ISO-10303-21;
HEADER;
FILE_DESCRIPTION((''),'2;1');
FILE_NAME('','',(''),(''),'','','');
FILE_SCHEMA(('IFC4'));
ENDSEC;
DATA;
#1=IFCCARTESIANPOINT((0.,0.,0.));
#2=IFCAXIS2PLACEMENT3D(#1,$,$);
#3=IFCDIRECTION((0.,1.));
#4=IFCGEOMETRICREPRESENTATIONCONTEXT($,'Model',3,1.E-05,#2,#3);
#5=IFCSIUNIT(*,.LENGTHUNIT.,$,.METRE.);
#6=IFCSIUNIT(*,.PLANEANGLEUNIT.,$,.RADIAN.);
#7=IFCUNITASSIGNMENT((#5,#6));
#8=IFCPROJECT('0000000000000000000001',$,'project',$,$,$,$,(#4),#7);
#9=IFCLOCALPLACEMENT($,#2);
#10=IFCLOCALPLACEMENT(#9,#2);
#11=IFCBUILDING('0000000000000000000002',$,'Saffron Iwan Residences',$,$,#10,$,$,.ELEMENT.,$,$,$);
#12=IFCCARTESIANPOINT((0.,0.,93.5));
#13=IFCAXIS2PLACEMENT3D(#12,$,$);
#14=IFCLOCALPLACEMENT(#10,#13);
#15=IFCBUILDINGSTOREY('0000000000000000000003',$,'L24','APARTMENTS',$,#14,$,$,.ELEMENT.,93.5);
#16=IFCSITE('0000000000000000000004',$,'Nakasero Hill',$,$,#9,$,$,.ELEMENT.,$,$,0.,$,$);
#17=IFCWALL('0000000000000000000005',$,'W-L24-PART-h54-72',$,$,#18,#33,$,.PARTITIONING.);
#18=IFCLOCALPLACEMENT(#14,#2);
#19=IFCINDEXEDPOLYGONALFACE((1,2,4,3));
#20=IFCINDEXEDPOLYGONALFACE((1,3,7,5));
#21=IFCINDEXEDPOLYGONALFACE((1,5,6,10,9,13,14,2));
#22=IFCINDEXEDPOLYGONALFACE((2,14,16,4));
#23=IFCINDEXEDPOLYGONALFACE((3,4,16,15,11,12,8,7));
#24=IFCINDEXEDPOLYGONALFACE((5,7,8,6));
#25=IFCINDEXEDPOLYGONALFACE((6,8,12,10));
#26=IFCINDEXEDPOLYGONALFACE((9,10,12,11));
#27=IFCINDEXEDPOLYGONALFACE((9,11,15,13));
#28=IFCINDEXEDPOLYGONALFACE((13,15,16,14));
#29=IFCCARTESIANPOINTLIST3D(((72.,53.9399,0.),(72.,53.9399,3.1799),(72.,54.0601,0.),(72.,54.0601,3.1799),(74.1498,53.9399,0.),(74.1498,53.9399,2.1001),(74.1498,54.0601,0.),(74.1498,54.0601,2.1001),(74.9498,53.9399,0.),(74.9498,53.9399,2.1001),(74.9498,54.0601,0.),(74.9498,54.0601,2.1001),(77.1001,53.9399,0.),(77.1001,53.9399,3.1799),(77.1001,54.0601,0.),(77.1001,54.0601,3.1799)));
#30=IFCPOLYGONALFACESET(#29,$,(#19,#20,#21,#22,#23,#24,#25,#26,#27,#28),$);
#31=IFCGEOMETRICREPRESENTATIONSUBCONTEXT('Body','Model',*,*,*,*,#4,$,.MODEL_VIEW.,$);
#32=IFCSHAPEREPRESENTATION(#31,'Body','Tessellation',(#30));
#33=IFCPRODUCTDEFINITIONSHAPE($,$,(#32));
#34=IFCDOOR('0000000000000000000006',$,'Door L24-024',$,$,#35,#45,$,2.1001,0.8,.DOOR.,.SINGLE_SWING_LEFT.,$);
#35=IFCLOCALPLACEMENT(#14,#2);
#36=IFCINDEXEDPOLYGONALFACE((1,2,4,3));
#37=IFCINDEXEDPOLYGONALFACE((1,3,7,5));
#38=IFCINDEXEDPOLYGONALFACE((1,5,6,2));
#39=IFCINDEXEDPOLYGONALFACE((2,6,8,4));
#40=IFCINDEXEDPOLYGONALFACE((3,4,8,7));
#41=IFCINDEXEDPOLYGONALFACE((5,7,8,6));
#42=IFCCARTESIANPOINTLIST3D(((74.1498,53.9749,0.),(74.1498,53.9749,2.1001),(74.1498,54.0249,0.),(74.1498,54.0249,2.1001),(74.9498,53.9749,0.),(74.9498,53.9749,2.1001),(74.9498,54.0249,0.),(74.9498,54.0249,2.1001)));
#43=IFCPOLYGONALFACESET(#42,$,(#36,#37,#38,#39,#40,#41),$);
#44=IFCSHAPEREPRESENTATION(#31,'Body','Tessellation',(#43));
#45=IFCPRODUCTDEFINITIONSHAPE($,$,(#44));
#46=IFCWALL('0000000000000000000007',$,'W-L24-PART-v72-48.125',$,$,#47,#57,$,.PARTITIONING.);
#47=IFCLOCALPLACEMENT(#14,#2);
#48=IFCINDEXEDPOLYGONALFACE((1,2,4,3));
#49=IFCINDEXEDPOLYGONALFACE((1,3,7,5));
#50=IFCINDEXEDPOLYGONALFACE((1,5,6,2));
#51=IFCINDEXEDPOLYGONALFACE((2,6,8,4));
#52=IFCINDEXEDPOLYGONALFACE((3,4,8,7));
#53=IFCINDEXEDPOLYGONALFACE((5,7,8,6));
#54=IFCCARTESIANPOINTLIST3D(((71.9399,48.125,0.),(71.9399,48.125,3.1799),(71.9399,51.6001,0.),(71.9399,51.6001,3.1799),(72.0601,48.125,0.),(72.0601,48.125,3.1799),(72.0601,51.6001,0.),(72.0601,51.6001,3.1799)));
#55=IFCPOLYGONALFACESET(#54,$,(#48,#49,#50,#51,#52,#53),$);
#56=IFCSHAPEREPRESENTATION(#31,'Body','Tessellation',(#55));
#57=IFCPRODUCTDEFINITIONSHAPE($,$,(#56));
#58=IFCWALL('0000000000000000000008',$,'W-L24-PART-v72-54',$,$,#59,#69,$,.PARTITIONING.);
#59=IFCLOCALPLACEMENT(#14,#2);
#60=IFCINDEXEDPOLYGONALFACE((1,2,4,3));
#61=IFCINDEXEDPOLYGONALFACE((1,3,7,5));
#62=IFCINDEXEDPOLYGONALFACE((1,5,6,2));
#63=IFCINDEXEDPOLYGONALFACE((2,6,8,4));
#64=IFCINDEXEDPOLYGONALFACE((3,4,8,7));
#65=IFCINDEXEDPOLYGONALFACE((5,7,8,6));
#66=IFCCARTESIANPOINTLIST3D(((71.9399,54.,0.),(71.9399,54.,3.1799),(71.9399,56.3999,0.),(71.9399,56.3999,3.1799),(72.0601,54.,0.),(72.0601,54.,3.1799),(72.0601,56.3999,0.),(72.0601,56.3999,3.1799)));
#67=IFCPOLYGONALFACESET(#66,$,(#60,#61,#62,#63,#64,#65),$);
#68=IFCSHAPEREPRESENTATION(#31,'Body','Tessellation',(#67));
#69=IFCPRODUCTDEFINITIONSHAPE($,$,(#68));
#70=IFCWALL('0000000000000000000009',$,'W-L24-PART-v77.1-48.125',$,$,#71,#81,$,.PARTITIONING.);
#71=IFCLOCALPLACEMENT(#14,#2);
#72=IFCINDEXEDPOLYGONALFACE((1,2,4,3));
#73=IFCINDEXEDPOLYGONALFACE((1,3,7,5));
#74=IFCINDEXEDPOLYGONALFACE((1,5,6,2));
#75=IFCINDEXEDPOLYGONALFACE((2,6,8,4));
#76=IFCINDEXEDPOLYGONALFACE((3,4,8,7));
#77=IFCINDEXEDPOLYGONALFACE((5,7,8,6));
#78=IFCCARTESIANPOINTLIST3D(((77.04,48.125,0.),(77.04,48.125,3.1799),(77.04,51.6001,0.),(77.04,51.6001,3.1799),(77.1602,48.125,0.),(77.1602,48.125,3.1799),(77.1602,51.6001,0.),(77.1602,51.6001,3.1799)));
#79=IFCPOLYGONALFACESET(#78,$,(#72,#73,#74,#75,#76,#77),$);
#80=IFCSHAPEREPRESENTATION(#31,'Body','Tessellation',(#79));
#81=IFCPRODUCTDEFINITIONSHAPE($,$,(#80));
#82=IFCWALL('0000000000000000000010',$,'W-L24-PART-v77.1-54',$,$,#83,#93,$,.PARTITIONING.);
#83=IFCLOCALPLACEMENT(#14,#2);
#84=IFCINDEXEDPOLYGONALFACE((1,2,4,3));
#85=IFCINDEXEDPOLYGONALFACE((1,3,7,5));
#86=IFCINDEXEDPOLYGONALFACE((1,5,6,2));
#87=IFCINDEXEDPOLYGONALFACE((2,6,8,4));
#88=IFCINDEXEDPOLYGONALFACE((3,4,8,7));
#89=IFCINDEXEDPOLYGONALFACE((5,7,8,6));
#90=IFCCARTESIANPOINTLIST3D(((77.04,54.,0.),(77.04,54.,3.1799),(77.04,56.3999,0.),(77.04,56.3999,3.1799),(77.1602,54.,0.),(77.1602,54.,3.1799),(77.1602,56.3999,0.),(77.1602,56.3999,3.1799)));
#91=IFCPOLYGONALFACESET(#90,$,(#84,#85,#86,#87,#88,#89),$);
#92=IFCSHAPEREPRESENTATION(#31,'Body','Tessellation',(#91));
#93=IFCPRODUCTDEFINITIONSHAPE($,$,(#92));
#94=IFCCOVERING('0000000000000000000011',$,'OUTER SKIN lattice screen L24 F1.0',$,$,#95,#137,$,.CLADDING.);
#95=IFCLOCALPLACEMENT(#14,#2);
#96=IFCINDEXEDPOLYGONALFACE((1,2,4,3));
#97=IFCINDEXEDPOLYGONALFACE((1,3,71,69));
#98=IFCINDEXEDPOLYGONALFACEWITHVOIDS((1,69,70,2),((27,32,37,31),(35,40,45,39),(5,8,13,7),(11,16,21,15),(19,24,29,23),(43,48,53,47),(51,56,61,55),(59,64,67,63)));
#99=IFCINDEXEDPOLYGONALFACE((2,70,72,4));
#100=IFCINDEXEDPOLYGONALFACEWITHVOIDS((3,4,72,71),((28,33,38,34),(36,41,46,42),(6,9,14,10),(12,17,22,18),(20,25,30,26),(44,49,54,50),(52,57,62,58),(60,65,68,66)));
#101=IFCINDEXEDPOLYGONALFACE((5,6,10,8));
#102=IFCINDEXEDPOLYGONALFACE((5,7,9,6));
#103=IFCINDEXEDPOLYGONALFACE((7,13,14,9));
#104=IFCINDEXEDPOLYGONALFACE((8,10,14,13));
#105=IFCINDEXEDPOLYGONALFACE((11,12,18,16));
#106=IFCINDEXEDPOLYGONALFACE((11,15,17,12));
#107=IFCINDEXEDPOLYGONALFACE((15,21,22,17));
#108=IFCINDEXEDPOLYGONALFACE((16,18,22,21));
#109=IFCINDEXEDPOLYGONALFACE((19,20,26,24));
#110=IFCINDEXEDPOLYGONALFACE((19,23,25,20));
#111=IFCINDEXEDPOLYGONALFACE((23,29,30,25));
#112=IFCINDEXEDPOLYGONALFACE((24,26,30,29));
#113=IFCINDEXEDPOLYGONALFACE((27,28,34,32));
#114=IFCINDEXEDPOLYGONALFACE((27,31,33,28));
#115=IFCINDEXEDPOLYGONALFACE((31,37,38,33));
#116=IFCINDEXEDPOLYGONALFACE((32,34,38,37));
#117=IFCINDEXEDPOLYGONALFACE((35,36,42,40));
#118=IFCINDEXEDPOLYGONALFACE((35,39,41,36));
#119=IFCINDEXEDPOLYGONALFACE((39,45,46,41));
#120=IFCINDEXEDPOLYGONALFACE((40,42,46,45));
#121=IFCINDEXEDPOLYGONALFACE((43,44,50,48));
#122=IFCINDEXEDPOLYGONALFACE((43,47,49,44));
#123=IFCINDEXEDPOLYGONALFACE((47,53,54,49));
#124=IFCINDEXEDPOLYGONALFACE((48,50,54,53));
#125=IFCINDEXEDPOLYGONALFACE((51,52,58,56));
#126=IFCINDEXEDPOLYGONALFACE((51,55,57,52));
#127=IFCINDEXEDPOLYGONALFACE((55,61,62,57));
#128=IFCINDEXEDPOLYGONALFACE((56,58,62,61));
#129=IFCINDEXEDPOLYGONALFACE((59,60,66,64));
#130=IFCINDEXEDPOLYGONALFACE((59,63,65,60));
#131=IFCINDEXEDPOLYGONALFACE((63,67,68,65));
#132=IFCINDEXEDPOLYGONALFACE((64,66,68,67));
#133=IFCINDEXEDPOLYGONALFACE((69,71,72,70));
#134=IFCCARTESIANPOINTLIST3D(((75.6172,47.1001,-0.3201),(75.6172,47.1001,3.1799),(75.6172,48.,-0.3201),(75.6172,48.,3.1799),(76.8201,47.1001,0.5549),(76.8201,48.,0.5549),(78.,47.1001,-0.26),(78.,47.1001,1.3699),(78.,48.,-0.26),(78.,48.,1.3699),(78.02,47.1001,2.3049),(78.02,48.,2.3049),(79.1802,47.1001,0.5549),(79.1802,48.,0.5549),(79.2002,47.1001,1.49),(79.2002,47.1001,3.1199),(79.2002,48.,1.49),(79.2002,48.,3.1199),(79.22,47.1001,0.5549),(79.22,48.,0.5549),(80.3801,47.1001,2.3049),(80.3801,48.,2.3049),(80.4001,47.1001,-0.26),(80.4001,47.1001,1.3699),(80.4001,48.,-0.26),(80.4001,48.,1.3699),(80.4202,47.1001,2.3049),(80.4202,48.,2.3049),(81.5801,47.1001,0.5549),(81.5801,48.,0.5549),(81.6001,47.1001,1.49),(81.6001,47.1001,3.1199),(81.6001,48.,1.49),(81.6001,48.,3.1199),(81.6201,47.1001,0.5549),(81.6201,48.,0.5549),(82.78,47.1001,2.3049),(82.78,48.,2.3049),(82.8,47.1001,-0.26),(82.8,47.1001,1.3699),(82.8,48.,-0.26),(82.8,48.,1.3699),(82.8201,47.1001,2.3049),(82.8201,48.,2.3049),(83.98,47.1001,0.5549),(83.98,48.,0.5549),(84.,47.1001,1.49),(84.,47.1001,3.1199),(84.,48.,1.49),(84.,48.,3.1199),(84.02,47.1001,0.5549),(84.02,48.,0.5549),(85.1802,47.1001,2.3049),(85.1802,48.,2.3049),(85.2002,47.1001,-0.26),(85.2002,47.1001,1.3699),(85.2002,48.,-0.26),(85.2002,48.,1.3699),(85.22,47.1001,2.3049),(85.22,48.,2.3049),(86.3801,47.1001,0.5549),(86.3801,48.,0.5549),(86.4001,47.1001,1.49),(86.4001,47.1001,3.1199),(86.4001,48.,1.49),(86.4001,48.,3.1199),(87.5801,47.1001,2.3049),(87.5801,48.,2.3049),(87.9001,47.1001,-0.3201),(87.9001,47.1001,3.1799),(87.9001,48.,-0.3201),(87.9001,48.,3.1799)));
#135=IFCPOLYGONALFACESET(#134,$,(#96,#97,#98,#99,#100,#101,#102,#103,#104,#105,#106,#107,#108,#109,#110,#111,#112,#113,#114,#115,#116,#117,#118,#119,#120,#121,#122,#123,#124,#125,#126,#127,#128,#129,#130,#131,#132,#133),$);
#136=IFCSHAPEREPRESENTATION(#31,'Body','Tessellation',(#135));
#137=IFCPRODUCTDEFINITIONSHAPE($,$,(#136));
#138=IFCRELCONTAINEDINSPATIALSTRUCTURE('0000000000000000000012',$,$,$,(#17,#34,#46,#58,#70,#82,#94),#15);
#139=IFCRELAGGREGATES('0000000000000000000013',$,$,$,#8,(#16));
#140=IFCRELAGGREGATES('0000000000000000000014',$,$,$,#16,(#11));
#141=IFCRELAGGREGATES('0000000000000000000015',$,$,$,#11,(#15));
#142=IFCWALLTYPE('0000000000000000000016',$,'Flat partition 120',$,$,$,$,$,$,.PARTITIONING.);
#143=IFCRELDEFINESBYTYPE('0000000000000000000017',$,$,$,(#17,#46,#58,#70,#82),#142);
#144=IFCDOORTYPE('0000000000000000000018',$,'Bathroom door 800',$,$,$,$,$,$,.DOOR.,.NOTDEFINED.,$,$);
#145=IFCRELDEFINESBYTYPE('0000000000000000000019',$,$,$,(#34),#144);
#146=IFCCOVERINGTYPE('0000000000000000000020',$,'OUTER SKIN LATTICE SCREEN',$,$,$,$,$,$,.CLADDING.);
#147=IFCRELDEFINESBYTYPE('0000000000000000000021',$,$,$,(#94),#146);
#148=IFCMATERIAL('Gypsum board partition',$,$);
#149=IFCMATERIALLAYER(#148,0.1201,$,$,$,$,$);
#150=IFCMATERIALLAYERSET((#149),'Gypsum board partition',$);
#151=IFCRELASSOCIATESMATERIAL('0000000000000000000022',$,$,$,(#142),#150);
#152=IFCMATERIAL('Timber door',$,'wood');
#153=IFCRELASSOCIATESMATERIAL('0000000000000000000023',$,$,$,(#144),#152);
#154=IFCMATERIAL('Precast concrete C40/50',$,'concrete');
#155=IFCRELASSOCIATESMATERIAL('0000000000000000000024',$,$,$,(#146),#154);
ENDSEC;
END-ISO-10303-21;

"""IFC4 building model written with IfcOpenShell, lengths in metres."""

from ifc_helpers import new_model, si_unit, direction, frame, frame_2d, origin, place, context, subcontext, project, spatial, polyline, rectangle, outline, extrude, material, layer, layer_set, type_object, element, fill, save


model = new_model("IFC4")

# Units and contexts
model_context = context("Model", 3, precision=1e-05, world=origin(), true_north=direction((0.0, 1.0)))
body_context = subcontext(model_context, "Body", "Model", "MODEL_VIEW")
ifc_project = project(units=[si_unit("LENGTHUNIT", "METRE"), si_unit("PLANEANGLEUNIT", "RADIAN")], contexts=[model_context])

# Site, building, storey
site_placement = place(None, origin())
site = spatial("IfcSite", under=ifc_project, at=site_placement, Name="Nakasero Hill", CompositionType="ELEMENT", RefElevation=0.0)
building_placement = place(site_placement, origin())
building = spatial("IfcBuilding", under=site, at=building_placement, Name="Saffron Iwan Residences", CompositionType="ELEMENT")
storey_placement = place(building_placement, frame((0.0, 0.0, 93.5)))
storey = spatial("IfcBuildingStorey", under=building, at=storey_placement, Name="L24", Description="APARTMENTS", CompositionType="ELEMENT", Elevation=93.5)

# Shared definitions
ifc_material_1 = material(Name="Gypsum board partition")
ifc_layer_1 = layer(ifc_material_1, 0.1201)
ifc_layer_set_1 = layer_set([ifc_layer_1], Name="Gypsum board partition")
wall_type_1 = type_object("IfcWallType", Name="Flat partition 120", PredefinedType="PARTITIONING", material=ifc_layer_set_1)
ifc_material_2 = material(Name="Timber door", Category="wood")
door_type_1 = type_object("IfcDoorType", Name="Bathroom door 800", OperationType="NOTDEFINED", PredefinedType="DOOR", material=ifc_material_2)

# Wall, opening, door
wall_1_placement = place(storey_placement, frame((72.0, 54.0, 0.0), z_axis=(0.0, 0.0, 1.0), x_axis=(1.0, 0.0, 0.0)))
wall_1 = element("IfcWall", 1, at=wall_1_placement, inside=storey, type_object=wall_type_1, Name="W-L24-PART-h54-72", PredefinedType="PARTITIONING", context=body_context, shape_type="SweptSolid", body=[
    extrude(rectangle(XDim=5.1001, YDim=0.1201, at=frame_2d((2.55, 0.0))), origin(), (0.0, 0.0, 1.0), 3.1799),
])
opening_1_placement = place(wall_1_placement, frame((2.1499, 0.0, 0.0)))
opening_1 = element("IfcOpeningElement", 2, at=opening_1_placement, cuts=wall_1, PredefinedType="OPENING", context=body_context, shape_type="SweptSolid", body=[
    extrude(rectangle(XDim=0.8, YDim=2.1001, at=frame_2d((0.3999, 1.05))), frame((0.0, 0.0701, 0.0), z_axis=(0.0, -1.0, 0.0), x_axis=(1.0, 0.0, 0.0)), (0.0, 0.0, 1.0), 0.1401),
])
door_1_placement = place(opening_1_placement, origin())
door_1 = element("IfcDoor", 3, at=door_1_placement, inside=storey, type_object=door_type_1, Name="Door L24-024", OperationType="SINGLE_SWING_LEFT", OverallHeight=2.1001, OverallWidth=0.8, PredefinedType="DOOR", context=body_context, shape_type="SweptSolid", body=[
    extrude(rectangle(XDim=0.8, YDim=2.1001, at=frame_2d((0.3999, 1.05))), frame((0.0, 0.0249, 0.0), z_axis=(0.0, -1.0, 0.0), x_axis=(1.0, 0.0, 0.0)), (0.0, 0.0, 1.0), 0.05),
])
fill(opening_1, door_1)

# Walls
wall_2_placement = place(storey_placement, frame((72.0, 48.125, 0.0), z_axis=(0.0, 0.0, 1.0), x_axis=(0.0, 1.0, 0.0)))
element("IfcWall", 4, at=wall_2_placement, inside=storey, type_object=wall_type_1, Name="W-L24-PART-v72-48.125", PredefinedType="PARTITIONING", context=body_context, shape_type="SweptSolid", body=[
    extrude(rectangle(XDim=3.4751, YDim=0.1201, at=frame_2d((1.7375, 0.0))), origin(), (0.0, 0.0, 1.0), 3.1799),
])
wall_3_placement = place(storey_placement, frame((72.0, 54.0, 0.0), z_axis=(0.0, 0.0, 1.0), x_axis=(0.0, 1.0, 0.0)))
element("IfcWall", 5, at=wall_3_placement, inside=storey, type_object=wall_type_1, Name="W-L24-PART-v72-54", PredefinedType="PARTITIONING", context=body_context, shape_type="SweptSolid", body=[
    extrude(rectangle(XDim=2.3999, YDim=0.1201, at=frame_2d((1.2, 0.0))), origin(), (0.0, 0.0, 1.0), 3.1799),
])
wall_4_placement = place(storey_placement, frame((77.1001, 48.125, 0.0), z_axis=(0.0, 0.0, 1.0), x_axis=(0.0, 1.0, 0.0)))
element("IfcWall", 6, at=wall_4_placement, inside=storey, type_object=wall_type_1, Name="W-L24-PART-v77.1-48.125", PredefinedType="PARTITIONING", context=body_context, shape_type="SweptSolid", body=[
    extrude(rectangle(XDim=3.4751, YDim=0.1201, at=frame_2d((1.7375, 0.0))), origin(), (0.0, 0.0, 1.0), 3.1799),
])
wall_5_placement = place(storey_placement, frame((77.1001, 54.0, 0.0), z_axis=(0.0, 0.0, 1.0), x_axis=(0.0, 1.0, 0.0)))
element("IfcWall", 7, at=wall_5_placement, inside=storey, type_object=wall_type_1, Name="W-L24-PART-v77.1-54", PredefinedType="PARTITIONING", context=body_context, shape_type="SweptSolid", body=[
    extrude(rectangle(XDim=2.3999, YDim=0.1201, at=frame_2d((1.2, 0.0))), origin(), (0.0, 0.0, 1.0), 3.1799),
])

# Covering
ifc_material_3 = material(Name="Precast concrete C40/50", Category="concrete")
covering_type = type_object("IfcCoveringType", Name="OUTER SKIN LATTICE SCREEN", PredefinedType="CLADDING", material=ifc_material_3)
covering_placement = place(storey_placement, frame((75.6172, 48.0, -0.3201), z_axis=(0.0, -1.0, 0.0), x_axis=(1.0, 0.0, 0.0)))
element("IfcCovering", 8, at=covering_placement, inside=storey, type_object=covering_type, Name="OUTER SKIN lattice screen L24 F1.0", PredefinedType="CLADDING", context=body_context, shape_type="SweptSolid", body=[
    extrude(outline(polyline([(0.0, 0.0), (12.283, 0.0), (12.283, 3.5), (0.0, 3.5), (0.0, 0.0)]), holes=[polyline([(1.2029, 0.875), (2.3828, 0.0601), (3.563, 0.875), (2.3828, 1.6899), (1.2029, 0.875)]), polyline([(3.6028, 0.875), (4.783, 0.0601), (5.9629, 0.875), (4.783, 1.6899), (3.6028, 0.875)]), polyline([(6.0029, 0.875), (7.1829, 0.0601), (8.3628, 0.875), (7.1829, 1.6899), (6.0029, 0.875)]), polyline([(8.4028, 0.875), (9.583, 0.0601), (10.7629, 0.875), (9.583, 1.6899), (8.4028, 0.875)]), polyline([(2.4028, 2.625), (3.583, 1.8101), (4.7629, 2.625), (3.583, 3.4399), (2.4028, 2.625)]), polyline([(4.803, 2.625), (5.9829, 1.8101), (7.1628, 2.625), (5.9829, 3.4399), (4.803, 2.625)]), polyline([(7.2029, 2.625), (8.3828, 1.8101), (9.563, 2.625), (8.3828, 3.4399), (7.2029, 2.625)]), polyline([(9.6028, 2.625), (10.783, 1.8101), (11.9629, 2.625), (10.783, 3.4399), (9.6028, 2.625)])]), origin(), (0.0, 0.0, 1.0), 0.8999),
])

save(model, "model.ifc")
